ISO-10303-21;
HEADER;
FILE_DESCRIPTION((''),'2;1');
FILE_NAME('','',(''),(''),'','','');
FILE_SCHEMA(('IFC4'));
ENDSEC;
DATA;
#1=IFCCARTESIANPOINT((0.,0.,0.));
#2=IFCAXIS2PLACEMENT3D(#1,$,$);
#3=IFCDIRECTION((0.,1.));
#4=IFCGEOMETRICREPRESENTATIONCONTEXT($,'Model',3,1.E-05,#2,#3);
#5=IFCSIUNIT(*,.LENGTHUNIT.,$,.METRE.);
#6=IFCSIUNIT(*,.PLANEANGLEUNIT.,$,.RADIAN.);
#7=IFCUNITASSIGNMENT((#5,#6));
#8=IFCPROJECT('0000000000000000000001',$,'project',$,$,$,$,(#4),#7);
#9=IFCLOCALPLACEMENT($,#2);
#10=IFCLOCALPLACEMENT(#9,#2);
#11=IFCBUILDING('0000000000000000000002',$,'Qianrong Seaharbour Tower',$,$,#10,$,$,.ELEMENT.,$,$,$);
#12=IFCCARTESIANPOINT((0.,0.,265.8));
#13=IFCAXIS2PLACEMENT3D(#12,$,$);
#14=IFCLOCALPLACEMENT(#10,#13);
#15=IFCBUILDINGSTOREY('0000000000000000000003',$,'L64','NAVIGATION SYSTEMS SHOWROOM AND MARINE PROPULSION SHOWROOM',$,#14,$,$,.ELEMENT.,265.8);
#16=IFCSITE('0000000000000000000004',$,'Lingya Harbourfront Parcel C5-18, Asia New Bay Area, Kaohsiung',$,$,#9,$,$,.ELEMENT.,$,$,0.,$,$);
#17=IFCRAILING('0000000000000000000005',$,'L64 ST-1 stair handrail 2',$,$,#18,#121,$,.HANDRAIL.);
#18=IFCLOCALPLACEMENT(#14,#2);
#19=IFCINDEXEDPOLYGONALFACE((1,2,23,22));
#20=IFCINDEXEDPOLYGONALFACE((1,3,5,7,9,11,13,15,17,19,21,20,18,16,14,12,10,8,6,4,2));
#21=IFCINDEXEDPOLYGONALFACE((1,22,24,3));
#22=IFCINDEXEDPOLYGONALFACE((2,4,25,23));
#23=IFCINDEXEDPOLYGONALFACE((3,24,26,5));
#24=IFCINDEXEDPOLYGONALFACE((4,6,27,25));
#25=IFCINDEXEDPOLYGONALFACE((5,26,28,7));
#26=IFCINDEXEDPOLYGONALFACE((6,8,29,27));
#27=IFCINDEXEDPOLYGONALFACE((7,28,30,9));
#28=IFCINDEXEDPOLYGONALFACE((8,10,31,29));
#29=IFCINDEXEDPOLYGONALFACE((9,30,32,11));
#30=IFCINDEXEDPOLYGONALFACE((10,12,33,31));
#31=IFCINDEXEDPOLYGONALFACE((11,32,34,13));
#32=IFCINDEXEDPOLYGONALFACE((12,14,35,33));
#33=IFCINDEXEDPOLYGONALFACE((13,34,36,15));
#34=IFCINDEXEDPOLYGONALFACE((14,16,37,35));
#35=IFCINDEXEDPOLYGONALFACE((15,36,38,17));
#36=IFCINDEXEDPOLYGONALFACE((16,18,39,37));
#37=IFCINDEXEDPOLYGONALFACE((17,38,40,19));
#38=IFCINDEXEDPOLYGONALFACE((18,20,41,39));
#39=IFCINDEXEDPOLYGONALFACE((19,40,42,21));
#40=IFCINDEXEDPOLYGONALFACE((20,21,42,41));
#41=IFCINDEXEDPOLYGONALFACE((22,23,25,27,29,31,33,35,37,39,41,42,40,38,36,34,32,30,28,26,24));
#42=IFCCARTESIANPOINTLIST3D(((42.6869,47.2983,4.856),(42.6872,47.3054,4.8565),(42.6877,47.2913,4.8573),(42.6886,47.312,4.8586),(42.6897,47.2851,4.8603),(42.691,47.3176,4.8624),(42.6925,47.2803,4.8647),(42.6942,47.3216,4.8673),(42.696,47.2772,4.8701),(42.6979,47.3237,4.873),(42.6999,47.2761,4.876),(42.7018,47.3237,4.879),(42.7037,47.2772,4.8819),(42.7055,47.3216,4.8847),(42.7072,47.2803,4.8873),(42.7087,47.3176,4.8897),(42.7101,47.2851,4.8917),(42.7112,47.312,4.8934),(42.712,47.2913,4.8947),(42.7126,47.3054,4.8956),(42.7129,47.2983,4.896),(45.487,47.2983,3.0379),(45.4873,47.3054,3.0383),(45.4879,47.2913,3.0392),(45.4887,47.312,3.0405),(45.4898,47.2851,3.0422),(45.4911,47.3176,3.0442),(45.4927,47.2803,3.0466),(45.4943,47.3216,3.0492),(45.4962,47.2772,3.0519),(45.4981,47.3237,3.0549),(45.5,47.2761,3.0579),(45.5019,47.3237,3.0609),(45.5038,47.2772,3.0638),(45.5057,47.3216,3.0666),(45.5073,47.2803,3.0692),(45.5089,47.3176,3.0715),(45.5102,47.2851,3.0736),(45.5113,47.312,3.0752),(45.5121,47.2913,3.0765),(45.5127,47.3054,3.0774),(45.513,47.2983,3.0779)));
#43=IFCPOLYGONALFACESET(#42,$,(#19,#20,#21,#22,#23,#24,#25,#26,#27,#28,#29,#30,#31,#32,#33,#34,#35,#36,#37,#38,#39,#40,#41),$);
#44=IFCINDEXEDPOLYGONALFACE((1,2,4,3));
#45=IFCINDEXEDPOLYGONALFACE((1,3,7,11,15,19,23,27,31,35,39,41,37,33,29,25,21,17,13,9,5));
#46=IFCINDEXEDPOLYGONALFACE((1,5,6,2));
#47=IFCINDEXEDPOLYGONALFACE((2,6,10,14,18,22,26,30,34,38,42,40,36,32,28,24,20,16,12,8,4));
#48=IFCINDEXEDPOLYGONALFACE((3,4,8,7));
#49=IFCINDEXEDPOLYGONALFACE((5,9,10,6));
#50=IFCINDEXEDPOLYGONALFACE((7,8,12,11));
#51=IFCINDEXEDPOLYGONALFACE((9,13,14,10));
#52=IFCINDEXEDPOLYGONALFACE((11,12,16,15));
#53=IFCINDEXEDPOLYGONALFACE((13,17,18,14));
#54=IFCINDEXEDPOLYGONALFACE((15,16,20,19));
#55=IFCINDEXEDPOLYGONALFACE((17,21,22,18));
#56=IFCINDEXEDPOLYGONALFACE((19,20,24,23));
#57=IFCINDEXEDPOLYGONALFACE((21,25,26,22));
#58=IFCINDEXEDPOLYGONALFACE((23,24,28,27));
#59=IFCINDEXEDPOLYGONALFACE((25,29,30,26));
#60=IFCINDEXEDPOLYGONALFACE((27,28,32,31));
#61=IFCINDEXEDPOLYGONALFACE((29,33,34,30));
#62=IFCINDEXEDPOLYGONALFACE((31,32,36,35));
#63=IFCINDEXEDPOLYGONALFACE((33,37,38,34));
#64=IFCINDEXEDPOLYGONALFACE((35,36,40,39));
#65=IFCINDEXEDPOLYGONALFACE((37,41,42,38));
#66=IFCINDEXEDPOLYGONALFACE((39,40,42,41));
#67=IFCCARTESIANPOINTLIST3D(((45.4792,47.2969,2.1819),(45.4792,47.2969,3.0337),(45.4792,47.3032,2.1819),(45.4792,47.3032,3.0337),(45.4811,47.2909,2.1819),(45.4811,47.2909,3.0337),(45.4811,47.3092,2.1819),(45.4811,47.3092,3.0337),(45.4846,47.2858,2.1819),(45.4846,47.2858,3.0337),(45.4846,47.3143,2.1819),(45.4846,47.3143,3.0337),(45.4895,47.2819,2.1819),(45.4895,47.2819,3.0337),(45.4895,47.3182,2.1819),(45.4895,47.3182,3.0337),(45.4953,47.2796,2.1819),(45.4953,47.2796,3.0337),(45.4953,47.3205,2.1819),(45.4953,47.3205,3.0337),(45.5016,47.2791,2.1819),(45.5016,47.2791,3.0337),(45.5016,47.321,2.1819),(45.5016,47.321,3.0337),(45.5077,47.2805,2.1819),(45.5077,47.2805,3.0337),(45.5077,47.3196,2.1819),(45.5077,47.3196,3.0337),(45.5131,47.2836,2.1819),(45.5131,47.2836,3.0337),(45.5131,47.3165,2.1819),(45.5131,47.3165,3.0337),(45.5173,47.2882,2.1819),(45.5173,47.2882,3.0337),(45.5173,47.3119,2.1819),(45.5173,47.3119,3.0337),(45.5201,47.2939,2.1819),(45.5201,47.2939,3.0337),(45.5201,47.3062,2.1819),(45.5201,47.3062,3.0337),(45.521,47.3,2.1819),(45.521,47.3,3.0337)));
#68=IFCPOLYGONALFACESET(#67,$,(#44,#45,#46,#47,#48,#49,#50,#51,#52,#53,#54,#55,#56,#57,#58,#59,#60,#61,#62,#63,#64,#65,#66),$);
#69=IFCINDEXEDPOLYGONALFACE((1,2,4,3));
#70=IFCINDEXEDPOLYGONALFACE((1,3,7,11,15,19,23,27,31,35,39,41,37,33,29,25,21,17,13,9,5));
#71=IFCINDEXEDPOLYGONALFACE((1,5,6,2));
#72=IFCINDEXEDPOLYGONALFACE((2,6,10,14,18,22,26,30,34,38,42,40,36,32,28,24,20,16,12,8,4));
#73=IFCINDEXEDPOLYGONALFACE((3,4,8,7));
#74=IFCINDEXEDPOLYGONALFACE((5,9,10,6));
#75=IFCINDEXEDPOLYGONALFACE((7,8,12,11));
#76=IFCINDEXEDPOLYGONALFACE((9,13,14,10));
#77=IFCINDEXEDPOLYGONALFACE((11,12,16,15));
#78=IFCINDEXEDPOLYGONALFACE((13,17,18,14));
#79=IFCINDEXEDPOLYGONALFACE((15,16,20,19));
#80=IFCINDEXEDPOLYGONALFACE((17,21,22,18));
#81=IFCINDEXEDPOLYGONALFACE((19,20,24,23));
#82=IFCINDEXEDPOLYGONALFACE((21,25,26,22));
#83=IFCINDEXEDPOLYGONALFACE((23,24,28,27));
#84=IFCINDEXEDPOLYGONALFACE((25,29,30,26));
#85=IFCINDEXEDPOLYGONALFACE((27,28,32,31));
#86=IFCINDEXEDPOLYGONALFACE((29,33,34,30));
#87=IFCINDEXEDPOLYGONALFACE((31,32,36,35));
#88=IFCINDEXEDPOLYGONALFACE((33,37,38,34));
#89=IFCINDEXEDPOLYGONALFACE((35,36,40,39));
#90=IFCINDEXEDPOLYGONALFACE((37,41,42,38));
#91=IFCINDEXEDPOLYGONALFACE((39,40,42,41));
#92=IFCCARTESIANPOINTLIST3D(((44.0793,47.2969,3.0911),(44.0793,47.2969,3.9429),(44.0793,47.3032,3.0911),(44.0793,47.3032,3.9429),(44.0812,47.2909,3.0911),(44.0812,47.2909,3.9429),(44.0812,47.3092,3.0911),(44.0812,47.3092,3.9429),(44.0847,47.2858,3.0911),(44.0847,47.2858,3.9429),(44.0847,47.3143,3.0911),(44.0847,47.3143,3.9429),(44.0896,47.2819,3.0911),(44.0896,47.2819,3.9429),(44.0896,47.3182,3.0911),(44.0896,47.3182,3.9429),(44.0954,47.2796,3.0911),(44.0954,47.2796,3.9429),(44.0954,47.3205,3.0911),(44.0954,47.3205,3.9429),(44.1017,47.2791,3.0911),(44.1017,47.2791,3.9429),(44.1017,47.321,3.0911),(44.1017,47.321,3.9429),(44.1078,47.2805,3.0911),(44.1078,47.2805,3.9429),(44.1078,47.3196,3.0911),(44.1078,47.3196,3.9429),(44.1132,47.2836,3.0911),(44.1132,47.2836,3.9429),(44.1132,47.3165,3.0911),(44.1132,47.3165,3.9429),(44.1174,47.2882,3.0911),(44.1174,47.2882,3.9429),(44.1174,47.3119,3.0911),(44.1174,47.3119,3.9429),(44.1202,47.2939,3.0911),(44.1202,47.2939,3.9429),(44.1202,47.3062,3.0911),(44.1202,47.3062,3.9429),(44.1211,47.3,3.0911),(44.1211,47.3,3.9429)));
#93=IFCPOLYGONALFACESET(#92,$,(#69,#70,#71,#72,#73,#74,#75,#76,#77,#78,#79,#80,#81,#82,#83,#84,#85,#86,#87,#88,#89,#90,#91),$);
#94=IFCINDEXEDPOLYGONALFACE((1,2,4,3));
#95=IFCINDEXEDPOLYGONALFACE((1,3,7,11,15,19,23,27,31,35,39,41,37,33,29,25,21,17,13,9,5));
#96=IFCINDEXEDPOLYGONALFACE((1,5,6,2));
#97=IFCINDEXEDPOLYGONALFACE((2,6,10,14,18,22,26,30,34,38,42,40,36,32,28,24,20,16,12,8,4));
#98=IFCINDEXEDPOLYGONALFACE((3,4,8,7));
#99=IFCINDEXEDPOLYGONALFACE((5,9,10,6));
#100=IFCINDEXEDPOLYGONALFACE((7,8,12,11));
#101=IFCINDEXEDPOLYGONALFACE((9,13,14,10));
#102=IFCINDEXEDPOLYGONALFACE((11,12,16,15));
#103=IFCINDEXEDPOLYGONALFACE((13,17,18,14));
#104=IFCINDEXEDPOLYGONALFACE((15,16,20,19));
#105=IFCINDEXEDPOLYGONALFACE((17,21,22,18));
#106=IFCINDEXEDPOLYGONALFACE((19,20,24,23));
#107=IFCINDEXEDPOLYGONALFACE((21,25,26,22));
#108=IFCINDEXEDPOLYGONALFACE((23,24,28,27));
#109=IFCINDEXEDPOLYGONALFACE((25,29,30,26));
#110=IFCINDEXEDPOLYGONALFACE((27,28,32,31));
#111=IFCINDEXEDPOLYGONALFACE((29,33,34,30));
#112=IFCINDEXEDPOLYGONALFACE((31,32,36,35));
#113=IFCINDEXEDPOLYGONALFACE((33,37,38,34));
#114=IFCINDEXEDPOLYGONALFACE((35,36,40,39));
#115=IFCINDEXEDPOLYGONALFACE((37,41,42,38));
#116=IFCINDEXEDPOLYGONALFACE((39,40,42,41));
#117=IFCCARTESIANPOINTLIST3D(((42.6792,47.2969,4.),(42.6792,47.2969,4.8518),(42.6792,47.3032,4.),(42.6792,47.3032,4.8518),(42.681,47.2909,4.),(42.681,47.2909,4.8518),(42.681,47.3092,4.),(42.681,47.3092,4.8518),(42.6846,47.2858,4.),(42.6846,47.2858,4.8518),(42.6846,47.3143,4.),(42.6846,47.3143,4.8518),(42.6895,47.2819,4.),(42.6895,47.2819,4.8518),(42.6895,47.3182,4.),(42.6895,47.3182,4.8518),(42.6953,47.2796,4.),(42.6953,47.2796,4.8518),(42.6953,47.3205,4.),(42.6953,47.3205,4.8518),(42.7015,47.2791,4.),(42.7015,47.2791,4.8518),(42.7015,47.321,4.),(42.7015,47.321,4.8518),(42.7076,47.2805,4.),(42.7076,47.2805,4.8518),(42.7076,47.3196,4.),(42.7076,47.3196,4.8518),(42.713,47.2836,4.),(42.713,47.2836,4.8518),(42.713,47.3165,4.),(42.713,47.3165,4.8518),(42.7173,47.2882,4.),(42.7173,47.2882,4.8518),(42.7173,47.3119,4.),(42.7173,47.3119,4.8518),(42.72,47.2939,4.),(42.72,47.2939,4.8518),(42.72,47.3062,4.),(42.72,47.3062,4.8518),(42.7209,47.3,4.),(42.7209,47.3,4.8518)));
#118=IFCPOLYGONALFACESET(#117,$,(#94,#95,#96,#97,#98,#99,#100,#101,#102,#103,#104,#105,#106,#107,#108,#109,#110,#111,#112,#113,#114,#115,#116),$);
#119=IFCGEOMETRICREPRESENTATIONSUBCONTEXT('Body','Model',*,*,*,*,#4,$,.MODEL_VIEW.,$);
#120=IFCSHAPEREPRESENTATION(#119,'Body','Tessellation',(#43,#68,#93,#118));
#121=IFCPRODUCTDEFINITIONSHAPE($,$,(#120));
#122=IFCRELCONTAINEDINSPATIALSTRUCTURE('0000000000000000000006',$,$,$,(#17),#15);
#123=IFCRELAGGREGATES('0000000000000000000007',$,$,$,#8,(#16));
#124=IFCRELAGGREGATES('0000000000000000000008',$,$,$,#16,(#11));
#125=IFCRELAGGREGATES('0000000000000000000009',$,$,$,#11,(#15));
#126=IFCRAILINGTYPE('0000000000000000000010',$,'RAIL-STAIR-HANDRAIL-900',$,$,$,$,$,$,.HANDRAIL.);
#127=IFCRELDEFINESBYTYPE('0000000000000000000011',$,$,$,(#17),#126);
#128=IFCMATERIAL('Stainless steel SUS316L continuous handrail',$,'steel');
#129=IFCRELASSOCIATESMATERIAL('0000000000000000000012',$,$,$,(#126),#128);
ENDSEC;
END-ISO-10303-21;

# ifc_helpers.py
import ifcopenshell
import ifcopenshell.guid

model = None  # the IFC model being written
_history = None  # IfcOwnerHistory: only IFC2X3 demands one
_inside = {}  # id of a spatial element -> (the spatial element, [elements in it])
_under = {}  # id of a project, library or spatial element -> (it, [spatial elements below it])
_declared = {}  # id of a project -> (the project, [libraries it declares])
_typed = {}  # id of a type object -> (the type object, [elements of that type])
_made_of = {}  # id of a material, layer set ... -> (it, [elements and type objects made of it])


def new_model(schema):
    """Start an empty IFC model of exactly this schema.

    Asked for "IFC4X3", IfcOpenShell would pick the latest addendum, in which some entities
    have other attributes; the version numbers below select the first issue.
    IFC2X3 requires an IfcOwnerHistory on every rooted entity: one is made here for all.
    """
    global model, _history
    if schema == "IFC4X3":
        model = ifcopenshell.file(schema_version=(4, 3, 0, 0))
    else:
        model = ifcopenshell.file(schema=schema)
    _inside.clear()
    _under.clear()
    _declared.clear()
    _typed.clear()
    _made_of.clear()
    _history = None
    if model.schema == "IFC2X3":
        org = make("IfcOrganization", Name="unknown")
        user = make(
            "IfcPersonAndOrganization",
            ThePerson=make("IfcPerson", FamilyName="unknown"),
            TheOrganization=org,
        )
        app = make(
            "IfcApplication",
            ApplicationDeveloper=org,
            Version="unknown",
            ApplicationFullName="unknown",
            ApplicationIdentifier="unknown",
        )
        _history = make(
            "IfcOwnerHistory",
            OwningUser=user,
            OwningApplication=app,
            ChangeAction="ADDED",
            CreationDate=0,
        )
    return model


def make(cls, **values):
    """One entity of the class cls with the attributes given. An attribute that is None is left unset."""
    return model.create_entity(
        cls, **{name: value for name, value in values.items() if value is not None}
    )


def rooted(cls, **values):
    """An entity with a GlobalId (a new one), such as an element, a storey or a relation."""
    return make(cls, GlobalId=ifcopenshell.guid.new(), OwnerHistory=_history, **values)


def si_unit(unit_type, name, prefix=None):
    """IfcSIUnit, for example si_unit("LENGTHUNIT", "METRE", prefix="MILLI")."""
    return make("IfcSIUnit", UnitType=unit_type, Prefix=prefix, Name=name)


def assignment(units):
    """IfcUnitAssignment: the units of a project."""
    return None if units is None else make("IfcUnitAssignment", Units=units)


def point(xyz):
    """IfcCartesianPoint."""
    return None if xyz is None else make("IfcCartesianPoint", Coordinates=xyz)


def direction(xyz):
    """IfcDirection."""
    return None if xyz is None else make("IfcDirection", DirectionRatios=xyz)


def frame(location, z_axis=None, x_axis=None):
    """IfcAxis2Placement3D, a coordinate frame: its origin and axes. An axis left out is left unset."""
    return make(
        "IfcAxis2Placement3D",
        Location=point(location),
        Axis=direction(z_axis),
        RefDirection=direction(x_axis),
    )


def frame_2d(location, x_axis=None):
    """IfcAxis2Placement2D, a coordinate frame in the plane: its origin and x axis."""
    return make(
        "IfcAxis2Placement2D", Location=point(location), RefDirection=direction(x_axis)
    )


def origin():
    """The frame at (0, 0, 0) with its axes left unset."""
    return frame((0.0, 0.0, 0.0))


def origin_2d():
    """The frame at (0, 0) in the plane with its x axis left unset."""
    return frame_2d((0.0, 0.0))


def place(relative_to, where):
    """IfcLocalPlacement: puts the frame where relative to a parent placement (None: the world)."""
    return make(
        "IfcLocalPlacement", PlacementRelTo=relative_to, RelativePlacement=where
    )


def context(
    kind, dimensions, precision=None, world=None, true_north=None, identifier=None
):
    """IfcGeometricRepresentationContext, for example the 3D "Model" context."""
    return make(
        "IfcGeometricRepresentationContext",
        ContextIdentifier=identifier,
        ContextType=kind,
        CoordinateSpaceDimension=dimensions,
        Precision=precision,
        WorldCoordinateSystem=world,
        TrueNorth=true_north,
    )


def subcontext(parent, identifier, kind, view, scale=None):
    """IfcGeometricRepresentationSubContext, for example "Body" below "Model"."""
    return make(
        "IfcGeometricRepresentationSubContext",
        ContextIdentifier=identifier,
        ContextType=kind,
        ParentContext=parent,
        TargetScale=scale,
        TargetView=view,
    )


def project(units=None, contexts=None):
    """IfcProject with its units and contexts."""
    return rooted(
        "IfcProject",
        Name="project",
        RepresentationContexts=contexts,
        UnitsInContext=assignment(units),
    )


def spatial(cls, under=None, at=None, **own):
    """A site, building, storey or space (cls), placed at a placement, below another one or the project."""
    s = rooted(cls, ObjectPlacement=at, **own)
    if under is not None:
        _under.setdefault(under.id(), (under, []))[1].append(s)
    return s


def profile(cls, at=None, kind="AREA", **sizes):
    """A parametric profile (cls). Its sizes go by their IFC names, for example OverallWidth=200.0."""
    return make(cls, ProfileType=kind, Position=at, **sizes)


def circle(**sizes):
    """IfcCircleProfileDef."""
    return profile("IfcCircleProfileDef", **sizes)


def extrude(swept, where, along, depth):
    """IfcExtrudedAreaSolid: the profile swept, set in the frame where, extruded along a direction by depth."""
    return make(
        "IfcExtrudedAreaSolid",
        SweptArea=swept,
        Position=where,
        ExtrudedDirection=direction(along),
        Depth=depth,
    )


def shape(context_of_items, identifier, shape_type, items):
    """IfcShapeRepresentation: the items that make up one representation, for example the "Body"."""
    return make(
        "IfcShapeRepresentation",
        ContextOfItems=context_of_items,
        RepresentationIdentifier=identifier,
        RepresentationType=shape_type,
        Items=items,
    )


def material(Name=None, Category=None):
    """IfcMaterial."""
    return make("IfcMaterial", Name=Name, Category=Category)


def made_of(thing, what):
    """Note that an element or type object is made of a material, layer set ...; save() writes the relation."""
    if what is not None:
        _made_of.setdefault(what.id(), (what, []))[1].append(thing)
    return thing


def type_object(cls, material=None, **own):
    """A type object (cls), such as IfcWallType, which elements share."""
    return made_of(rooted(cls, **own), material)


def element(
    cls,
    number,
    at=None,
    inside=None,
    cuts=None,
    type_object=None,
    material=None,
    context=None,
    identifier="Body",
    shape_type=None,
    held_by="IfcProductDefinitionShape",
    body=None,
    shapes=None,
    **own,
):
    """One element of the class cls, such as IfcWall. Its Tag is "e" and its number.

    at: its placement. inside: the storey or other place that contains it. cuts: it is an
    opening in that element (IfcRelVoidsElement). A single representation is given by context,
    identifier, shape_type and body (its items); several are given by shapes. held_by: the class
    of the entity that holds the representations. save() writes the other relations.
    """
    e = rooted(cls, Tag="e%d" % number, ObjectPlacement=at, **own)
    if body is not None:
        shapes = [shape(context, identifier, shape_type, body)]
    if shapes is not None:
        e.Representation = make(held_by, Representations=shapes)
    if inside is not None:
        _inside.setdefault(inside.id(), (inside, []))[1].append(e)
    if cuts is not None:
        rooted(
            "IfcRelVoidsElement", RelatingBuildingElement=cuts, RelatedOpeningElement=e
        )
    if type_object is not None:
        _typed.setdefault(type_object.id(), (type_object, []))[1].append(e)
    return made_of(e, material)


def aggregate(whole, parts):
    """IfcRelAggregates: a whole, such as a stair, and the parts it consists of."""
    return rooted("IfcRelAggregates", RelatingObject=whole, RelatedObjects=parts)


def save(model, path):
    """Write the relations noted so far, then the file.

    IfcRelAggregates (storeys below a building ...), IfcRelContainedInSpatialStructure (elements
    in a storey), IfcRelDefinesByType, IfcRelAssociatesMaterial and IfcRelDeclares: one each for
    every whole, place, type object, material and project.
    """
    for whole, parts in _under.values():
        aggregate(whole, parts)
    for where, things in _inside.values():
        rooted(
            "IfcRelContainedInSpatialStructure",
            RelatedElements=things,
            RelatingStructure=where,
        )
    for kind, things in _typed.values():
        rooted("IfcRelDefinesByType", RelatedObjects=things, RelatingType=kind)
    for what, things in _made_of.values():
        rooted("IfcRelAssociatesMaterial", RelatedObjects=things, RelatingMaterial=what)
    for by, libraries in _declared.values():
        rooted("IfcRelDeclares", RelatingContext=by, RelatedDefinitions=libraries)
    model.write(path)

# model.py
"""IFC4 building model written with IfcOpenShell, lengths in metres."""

from ifc_helpers import new_model, si_unit, direction, frame, origin, origin_2d, place, context, subcontext, project, spatial, circle, extrude, material, type_object, element, save


model = new_model("IFC4")

# Units and contexts
model_context = context("Model", 3, precision=1e-05, world=origin(), true_north=direction((0.0, 1.0)))
body_context = subcontext(model_context, "Body", "Model", "MODEL_VIEW")
ifc_project = project(units=[si_unit("LENGTHUNIT", "METRE"), si_unit("PLANEANGLEUNIT", "RADIAN")], contexts=[model_context])

# Site, building, storey
site_placement = place(None, origin())
site = spatial("IfcSite", under=ifc_project, at=site_placement, Name="Lingya Harbourfront Parcel C5-18, Asia New Bay Area, Kaohsiung", CompositionType="ELEMENT", RefElevation=0.0)
building_placement = place(site_placement, origin())
building = spatial("IfcBuilding", under=site, at=building_placement, Name="Qianrong Seaharbour Tower", CompositionType="ELEMENT")
storey_placement = place(building_placement, frame((0.0, 0.0, 265.8)))
storey = spatial("IfcBuildingStorey", under=building, at=storey_placement, Name="L64", Description="NAVIGATION SYSTEMS SHOWROOM AND MARINE PROPULSION SHOWROOM", CompositionType="ELEMENT", Elevation=265.8)

# Railing
ifc_material_1 = material(Name="Stainless steel SUS316L continuous handrail", Category="steel")
railing_type_1 = type_object("IfcRailingType", Name="RAIL-STAIR-HANDRAIL-900", PredefinedType="HANDRAIL", material=ifc_material_1)
railing_1_placement = place(storey_placement, frame((45.5, 47.3, 2.1819)))
element("IfcRailing", 1, at=railing_1_placement, inside=storey, type_object=railing_type_1, Name="L64 ST-1 stair handrail 2", PredefinedType="HANDRAIL", context=body_context, shape_type="SweptSolid", body=[
    extrude(circle(Radius=0.0239, at=origin_2d()), frame((0.0, 0.0, 0.876), z_axis=(-0.838706, 0.0, 0.544585), x_axis=(0.0, -1.0, 0.0)), (0.0, 0.0, 1.0), 3.3386),
    extrude(circle(Radius=0.021, at=origin_2d()), origin(), (0.0, 0.0, 1.0), 0.8518),
    extrude(circle(Radius=0.021, at=origin_2d()), frame((-1.3999, 0.0, 0.9092)), (0.0, 0.0, 1.0), 0.8518),
    extrude(circle(Radius=0.021, at=origin_2d()), frame((-2.8, 0.0, 1.8181)), (0.0, 0.0, 1.0), 0.8518),
])

save(model, "model.ifc")
